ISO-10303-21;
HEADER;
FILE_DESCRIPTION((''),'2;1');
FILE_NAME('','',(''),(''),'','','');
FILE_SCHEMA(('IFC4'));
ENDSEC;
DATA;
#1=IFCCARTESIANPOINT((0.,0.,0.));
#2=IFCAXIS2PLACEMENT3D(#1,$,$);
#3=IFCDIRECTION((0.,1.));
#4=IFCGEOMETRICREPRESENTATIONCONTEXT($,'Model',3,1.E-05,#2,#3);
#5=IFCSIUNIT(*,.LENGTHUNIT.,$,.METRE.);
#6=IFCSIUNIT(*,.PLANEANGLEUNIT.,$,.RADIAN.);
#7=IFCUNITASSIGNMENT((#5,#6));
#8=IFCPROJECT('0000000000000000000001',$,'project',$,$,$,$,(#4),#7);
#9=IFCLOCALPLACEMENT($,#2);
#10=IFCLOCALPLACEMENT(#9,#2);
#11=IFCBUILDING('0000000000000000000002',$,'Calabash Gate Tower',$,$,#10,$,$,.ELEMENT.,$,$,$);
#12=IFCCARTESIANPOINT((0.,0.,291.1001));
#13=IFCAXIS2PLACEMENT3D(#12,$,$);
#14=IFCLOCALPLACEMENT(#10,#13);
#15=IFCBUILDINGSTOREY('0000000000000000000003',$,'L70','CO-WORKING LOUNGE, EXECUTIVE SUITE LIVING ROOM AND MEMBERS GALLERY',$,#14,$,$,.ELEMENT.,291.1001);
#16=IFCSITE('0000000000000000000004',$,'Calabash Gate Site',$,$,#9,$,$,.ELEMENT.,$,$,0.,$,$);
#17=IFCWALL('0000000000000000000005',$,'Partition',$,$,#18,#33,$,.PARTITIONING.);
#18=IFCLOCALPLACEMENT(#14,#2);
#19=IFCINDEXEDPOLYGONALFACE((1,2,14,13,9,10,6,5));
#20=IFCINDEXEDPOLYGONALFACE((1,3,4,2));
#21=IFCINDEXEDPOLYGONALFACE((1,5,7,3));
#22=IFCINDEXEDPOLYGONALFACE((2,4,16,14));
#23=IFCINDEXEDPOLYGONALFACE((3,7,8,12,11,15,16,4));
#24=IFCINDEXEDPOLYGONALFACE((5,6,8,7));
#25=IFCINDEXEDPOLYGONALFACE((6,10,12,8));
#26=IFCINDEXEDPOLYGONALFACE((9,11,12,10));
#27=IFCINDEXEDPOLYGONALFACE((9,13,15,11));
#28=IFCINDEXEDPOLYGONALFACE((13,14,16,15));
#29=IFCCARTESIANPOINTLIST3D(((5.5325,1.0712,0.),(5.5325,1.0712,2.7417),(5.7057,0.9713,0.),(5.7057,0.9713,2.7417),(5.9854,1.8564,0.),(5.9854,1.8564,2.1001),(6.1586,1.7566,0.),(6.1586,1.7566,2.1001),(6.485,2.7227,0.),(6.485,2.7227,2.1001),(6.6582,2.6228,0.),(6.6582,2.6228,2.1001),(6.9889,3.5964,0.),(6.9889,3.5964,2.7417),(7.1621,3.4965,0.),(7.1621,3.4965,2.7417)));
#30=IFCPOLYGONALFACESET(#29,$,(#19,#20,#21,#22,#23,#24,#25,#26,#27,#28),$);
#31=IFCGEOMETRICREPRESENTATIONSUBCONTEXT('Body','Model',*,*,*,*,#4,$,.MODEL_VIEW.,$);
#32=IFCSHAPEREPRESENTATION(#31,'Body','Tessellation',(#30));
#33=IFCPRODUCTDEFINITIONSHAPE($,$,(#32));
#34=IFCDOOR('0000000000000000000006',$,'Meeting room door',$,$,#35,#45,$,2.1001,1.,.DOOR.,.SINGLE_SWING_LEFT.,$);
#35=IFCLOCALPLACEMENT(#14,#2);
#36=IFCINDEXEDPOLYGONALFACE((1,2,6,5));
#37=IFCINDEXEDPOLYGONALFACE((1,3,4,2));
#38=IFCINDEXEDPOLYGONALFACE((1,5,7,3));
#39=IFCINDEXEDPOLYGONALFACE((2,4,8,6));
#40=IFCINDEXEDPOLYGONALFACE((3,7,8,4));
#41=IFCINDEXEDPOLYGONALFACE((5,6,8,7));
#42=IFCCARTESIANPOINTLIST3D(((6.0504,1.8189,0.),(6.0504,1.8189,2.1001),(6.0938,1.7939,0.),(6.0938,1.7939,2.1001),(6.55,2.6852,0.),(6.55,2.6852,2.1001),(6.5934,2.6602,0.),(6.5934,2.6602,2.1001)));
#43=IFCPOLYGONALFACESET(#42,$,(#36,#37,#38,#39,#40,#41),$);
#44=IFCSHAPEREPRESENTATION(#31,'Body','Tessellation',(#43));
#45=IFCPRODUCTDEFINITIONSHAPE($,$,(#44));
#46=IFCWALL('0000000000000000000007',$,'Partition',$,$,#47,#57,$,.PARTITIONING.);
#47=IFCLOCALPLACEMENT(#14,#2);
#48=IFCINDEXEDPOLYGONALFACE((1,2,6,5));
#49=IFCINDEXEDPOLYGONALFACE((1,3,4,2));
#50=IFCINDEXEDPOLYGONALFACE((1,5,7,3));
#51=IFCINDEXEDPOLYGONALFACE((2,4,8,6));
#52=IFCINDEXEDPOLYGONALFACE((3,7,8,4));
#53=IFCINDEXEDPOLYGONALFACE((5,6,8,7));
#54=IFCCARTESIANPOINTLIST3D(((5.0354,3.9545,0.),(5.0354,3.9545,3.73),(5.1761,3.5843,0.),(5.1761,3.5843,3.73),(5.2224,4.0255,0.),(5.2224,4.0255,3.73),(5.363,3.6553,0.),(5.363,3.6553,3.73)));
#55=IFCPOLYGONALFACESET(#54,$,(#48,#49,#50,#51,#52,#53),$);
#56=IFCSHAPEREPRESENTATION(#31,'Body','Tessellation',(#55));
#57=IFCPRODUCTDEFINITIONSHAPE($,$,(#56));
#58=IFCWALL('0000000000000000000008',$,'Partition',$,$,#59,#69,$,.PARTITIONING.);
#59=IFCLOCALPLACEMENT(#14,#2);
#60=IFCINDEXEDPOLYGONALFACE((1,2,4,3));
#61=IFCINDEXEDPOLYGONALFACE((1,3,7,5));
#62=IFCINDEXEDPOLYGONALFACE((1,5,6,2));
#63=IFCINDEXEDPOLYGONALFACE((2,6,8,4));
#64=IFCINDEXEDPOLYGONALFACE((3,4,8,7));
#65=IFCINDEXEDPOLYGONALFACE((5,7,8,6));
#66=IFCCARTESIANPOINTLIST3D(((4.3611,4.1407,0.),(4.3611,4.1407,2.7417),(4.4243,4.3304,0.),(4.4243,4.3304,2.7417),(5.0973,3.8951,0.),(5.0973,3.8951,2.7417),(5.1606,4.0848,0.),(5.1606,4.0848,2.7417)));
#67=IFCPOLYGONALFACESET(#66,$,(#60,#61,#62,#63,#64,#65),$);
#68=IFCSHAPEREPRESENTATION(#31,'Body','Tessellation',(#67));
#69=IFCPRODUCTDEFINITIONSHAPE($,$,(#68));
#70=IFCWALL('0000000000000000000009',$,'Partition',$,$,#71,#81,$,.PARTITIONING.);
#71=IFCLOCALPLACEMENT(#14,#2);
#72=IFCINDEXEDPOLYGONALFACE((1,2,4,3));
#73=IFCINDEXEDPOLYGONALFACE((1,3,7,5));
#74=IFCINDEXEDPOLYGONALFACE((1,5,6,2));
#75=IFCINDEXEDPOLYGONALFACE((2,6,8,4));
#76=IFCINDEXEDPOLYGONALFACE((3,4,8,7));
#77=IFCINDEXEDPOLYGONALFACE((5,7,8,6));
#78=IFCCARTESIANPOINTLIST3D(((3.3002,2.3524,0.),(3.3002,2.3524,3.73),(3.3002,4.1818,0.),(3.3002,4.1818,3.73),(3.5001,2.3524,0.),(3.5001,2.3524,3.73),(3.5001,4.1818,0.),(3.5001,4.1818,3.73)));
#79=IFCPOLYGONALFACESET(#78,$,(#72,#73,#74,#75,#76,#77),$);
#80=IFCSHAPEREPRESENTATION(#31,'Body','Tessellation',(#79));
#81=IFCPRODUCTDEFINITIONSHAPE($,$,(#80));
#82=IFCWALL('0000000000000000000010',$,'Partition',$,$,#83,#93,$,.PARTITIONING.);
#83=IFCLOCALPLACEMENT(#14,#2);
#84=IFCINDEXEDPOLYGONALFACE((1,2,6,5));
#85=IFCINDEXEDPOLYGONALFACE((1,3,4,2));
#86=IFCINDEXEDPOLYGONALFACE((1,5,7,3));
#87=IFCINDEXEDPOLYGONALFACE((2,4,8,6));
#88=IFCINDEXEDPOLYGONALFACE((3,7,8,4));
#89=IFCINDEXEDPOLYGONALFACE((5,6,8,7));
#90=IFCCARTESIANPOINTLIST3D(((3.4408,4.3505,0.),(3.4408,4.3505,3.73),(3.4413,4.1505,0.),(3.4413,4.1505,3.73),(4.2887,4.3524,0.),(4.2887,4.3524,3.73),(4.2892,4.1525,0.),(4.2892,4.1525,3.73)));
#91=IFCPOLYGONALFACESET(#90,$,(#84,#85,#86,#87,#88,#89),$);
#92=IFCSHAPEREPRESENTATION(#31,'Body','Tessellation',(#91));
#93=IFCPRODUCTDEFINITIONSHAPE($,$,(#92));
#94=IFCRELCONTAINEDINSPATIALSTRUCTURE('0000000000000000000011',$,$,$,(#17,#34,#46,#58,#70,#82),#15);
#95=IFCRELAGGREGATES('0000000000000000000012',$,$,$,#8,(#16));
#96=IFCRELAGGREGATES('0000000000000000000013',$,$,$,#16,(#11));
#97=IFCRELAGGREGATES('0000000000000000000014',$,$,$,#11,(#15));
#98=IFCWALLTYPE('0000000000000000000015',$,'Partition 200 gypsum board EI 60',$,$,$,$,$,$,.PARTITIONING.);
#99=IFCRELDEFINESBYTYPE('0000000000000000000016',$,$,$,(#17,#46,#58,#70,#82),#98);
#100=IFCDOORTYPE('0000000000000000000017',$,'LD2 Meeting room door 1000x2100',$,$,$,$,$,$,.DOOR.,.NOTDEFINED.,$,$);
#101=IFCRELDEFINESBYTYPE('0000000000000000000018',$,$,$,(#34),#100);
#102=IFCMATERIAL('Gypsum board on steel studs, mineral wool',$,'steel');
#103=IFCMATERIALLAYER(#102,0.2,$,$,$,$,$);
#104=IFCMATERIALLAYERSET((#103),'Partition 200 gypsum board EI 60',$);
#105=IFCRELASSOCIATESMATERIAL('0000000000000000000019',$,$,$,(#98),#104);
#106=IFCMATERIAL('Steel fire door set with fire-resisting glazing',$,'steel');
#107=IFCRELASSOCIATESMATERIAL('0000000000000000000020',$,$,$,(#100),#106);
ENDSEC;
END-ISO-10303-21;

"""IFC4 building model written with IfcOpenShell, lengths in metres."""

from ifc_helpers import new_model, si_unit, direction, frame, frame_2d, origin, place, context, subcontext, project, spatial, rectangle, extrude, material, layer, layer_set, type_object, element, fill, save


model = new_model("IFC4")

# Units and contexts
model_context = context("Model", 3, precision=1e-05, world=origin(), true_north=direction((0.0, 1.0)))
body_context = subcontext(model_context, "Body", "Model", "MODEL_VIEW")
ifc_project = project(units=[si_unit("LENGTHUNIT", "METRE"), si_unit("PLANEANGLEUNIT", "RADIAN")], contexts=[model_context])

# Site, building, storey
site_placement = place(None, origin())
site = spatial("IfcSite", under=ifc_project, at=site_placement, Name="Calabash Gate Site", CompositionType="ELEMENT", RefElevation=0.0)
building_placement = place(site_placement, origin())
building = spatial("IfcBuilding", under=site, at=building_placement, Name="Calabash Gate Tower", CompositionType="ELEMENT")
storey_placement = place(building_placement, frame((0.0, 0.0, 291.1001)))
storey = spatial("IfcBuildingStorey", under=building, at=storey_placement, Name="L70", Description="CO-WORKING LOUNGE, EXECUTIVE SUITE LIVING ROOM AND MEMBERS GALLERY", CompositionType="ELEMENT", Elevation=291.1001)

# Shared definitions
ifc_material_1 = material(Name="Gypsum board on steel studs, mineral wool", Category="steel")
ifc_layer_1 = layer(ifc_material_1, 0.2)
ifc_layer_set_1 = layer_set([ifc_layer_1], Name="Partition 200 gypsum board EI 60")
wall_type_1 = type_object("IfcWallType", Name="Partition 200 gypsum board EI 60", PredefinedType="PARTITIONING", material=ifc_layer_set_1)

# Wall, opening, door
wall_1_placement = place(storey_placement, frame((5.6191, 1.0212, 0.0), z_axis=(0.0, 0.0, 1.0), x_axis=(0.49959, 0.866262, 0.0)))
wall_1 = element("IfcWall", 1, at=wall_1_placement, inside=storey, type_object=wall_type_1, Name="Partition", PredefinedType="PARTITIONING", context=body_context, shape_type="SweptSolid", body=[
    extrude(rectangle(XDim=2.915, YDim=0.2, at=frame_2d((1.4575, 0.0))), origin(), (0.0, 0.0, 1.0), 2.7417),
])
opening_placement = place(wall_1_placement, frame((0.9065, 0.0, 0.0)))
opening = element("IfcOpeningElement", 2, at=opening_placement, cuts=wall_1, PredefinedType="OPENING", context=body_context, shape_type="SweptSolid", body=[
    extrude(rectangle(XDim=1.0, YDim=2.1001, at=frame_2d((0.5, 1.05))), frame((0.0, 0.1099, 0.0), z_axis=(0.0, -1.0, 0.0), x_axis=(1.0, 0.0, 0.0)), (0.0, 0.0, 1.0), 0.22),
])
ifc_material_2 = material(Name="Steel fire door set with fire-resisting glazing", Category="steel")
door_type = type_object("IfcDoorType", Name="LD2 Meeting room door 1000x2100", OperationType="NOTDEFINED", PredefinedType="DOOR", material=ifc_material_2)
door_placement = place(opening_placement, origin())
door = element("IfcDoor", 3, at=door_placement, inside=storey, type_object=door_type, Name="Meeting room door", OperationType="SINGLE_SWING_LEFT", OverallHeight=2.1001, OverallWidth=1.0, PredefinedType="DOOR", context=body_context, shape_type="SweptSolid", body=[
    extrude(rectangle(XDim=1.0, YDim=2.1001, at=frame_2d((0.5, 1.05))), frame((0.0, 0.0249, 0.0), z_axis=(0.0, -1.0, 0.0), x_axis=(1.0, 0.0, 0.0)), (0.0, 0.0, 1.0), 0.05),
])
fill(opening, door)

# Walls
wall_2_placement = place(storey_placement, frame((5.1289, 3.99, 0.0), z_axis=(0.0, 0.0, 1.0), x_axis=(0.355175, -0.9348, 0.0)))
element("IfcWall", 4, at=wall_2_placement, inside=storey, type_object=wall_type_1, Name="Partition", PredefinedType="PARTITIONING", context=body_context, shape_type="SweptSolid", body=[
    extrude(rectangle(XDim=0.396, YDim=0.2, at=frame_2d((0.198, 0.0))), origin(), (0.0, 0.0, 1.0), 3.73),
])
wall_3_placement = place(storey_placement, frame((4.3926, 4.2356, 0.0), z_axis=(0.0, 0.0, 1.0), x_axis=(0.94862, -0.316416, 0.0)))
element("IfcWall", 5, at=wall_3_placement, inside=storey, type_object=wall_type_1, Name="Partition", PredefinedType="PARTITIONING", context=body_context, shape_type="SweptSolid", body=[
    extrude(rectangle(XDim=0.7761, YDim=0.2, at=frame_2d((0.3882, 0.0))), origin(), (0.0, 0.0, 1.0), 2.7417),
])
wall_4_placement = place(storey_placement, frame((3.4001, 2.3525, 0.0), z_axis=(0.0, 0.0, 1.0), x_axis=(0.0, 1.0, 0.0)))
element("IfcWall", 6, at=wall_4_placement, inside=storey, type_object=wall_type_1, Name="Partition", PredefinedType="PARTITIONING", context=body_context, shape_type="SweptSolid", body=[
    extrude(rectangle(XDim=1.8293, YDim=0.2, at=frame_2d((0.9146, 0.0))), origin(), (0.0, 0.0, 1.0), 3.73),
])
wall_5_placement = place(storey_placement, frame((3.4412, 4.2505, 0.0), z_axis=(0.0, 0.0, 1.0), x_axis=(0.999997, 0.002303, 0.0)))
element("IfcWall", 7, at=wall_5_placement, inside=storey, type_object=wall_type_1, Name="Partition", PredefinedType="PARTITIONING", context=body_context, shape_type="SweptSolid", body=[
    extrude(rectangle(XDim=0.8479, YDim=0.2, at=frame_2d((0.4238, 0.0))), origin(), (0.0, 0.0, 1.0), 3.73),
])

save(model, "model.ifc")
